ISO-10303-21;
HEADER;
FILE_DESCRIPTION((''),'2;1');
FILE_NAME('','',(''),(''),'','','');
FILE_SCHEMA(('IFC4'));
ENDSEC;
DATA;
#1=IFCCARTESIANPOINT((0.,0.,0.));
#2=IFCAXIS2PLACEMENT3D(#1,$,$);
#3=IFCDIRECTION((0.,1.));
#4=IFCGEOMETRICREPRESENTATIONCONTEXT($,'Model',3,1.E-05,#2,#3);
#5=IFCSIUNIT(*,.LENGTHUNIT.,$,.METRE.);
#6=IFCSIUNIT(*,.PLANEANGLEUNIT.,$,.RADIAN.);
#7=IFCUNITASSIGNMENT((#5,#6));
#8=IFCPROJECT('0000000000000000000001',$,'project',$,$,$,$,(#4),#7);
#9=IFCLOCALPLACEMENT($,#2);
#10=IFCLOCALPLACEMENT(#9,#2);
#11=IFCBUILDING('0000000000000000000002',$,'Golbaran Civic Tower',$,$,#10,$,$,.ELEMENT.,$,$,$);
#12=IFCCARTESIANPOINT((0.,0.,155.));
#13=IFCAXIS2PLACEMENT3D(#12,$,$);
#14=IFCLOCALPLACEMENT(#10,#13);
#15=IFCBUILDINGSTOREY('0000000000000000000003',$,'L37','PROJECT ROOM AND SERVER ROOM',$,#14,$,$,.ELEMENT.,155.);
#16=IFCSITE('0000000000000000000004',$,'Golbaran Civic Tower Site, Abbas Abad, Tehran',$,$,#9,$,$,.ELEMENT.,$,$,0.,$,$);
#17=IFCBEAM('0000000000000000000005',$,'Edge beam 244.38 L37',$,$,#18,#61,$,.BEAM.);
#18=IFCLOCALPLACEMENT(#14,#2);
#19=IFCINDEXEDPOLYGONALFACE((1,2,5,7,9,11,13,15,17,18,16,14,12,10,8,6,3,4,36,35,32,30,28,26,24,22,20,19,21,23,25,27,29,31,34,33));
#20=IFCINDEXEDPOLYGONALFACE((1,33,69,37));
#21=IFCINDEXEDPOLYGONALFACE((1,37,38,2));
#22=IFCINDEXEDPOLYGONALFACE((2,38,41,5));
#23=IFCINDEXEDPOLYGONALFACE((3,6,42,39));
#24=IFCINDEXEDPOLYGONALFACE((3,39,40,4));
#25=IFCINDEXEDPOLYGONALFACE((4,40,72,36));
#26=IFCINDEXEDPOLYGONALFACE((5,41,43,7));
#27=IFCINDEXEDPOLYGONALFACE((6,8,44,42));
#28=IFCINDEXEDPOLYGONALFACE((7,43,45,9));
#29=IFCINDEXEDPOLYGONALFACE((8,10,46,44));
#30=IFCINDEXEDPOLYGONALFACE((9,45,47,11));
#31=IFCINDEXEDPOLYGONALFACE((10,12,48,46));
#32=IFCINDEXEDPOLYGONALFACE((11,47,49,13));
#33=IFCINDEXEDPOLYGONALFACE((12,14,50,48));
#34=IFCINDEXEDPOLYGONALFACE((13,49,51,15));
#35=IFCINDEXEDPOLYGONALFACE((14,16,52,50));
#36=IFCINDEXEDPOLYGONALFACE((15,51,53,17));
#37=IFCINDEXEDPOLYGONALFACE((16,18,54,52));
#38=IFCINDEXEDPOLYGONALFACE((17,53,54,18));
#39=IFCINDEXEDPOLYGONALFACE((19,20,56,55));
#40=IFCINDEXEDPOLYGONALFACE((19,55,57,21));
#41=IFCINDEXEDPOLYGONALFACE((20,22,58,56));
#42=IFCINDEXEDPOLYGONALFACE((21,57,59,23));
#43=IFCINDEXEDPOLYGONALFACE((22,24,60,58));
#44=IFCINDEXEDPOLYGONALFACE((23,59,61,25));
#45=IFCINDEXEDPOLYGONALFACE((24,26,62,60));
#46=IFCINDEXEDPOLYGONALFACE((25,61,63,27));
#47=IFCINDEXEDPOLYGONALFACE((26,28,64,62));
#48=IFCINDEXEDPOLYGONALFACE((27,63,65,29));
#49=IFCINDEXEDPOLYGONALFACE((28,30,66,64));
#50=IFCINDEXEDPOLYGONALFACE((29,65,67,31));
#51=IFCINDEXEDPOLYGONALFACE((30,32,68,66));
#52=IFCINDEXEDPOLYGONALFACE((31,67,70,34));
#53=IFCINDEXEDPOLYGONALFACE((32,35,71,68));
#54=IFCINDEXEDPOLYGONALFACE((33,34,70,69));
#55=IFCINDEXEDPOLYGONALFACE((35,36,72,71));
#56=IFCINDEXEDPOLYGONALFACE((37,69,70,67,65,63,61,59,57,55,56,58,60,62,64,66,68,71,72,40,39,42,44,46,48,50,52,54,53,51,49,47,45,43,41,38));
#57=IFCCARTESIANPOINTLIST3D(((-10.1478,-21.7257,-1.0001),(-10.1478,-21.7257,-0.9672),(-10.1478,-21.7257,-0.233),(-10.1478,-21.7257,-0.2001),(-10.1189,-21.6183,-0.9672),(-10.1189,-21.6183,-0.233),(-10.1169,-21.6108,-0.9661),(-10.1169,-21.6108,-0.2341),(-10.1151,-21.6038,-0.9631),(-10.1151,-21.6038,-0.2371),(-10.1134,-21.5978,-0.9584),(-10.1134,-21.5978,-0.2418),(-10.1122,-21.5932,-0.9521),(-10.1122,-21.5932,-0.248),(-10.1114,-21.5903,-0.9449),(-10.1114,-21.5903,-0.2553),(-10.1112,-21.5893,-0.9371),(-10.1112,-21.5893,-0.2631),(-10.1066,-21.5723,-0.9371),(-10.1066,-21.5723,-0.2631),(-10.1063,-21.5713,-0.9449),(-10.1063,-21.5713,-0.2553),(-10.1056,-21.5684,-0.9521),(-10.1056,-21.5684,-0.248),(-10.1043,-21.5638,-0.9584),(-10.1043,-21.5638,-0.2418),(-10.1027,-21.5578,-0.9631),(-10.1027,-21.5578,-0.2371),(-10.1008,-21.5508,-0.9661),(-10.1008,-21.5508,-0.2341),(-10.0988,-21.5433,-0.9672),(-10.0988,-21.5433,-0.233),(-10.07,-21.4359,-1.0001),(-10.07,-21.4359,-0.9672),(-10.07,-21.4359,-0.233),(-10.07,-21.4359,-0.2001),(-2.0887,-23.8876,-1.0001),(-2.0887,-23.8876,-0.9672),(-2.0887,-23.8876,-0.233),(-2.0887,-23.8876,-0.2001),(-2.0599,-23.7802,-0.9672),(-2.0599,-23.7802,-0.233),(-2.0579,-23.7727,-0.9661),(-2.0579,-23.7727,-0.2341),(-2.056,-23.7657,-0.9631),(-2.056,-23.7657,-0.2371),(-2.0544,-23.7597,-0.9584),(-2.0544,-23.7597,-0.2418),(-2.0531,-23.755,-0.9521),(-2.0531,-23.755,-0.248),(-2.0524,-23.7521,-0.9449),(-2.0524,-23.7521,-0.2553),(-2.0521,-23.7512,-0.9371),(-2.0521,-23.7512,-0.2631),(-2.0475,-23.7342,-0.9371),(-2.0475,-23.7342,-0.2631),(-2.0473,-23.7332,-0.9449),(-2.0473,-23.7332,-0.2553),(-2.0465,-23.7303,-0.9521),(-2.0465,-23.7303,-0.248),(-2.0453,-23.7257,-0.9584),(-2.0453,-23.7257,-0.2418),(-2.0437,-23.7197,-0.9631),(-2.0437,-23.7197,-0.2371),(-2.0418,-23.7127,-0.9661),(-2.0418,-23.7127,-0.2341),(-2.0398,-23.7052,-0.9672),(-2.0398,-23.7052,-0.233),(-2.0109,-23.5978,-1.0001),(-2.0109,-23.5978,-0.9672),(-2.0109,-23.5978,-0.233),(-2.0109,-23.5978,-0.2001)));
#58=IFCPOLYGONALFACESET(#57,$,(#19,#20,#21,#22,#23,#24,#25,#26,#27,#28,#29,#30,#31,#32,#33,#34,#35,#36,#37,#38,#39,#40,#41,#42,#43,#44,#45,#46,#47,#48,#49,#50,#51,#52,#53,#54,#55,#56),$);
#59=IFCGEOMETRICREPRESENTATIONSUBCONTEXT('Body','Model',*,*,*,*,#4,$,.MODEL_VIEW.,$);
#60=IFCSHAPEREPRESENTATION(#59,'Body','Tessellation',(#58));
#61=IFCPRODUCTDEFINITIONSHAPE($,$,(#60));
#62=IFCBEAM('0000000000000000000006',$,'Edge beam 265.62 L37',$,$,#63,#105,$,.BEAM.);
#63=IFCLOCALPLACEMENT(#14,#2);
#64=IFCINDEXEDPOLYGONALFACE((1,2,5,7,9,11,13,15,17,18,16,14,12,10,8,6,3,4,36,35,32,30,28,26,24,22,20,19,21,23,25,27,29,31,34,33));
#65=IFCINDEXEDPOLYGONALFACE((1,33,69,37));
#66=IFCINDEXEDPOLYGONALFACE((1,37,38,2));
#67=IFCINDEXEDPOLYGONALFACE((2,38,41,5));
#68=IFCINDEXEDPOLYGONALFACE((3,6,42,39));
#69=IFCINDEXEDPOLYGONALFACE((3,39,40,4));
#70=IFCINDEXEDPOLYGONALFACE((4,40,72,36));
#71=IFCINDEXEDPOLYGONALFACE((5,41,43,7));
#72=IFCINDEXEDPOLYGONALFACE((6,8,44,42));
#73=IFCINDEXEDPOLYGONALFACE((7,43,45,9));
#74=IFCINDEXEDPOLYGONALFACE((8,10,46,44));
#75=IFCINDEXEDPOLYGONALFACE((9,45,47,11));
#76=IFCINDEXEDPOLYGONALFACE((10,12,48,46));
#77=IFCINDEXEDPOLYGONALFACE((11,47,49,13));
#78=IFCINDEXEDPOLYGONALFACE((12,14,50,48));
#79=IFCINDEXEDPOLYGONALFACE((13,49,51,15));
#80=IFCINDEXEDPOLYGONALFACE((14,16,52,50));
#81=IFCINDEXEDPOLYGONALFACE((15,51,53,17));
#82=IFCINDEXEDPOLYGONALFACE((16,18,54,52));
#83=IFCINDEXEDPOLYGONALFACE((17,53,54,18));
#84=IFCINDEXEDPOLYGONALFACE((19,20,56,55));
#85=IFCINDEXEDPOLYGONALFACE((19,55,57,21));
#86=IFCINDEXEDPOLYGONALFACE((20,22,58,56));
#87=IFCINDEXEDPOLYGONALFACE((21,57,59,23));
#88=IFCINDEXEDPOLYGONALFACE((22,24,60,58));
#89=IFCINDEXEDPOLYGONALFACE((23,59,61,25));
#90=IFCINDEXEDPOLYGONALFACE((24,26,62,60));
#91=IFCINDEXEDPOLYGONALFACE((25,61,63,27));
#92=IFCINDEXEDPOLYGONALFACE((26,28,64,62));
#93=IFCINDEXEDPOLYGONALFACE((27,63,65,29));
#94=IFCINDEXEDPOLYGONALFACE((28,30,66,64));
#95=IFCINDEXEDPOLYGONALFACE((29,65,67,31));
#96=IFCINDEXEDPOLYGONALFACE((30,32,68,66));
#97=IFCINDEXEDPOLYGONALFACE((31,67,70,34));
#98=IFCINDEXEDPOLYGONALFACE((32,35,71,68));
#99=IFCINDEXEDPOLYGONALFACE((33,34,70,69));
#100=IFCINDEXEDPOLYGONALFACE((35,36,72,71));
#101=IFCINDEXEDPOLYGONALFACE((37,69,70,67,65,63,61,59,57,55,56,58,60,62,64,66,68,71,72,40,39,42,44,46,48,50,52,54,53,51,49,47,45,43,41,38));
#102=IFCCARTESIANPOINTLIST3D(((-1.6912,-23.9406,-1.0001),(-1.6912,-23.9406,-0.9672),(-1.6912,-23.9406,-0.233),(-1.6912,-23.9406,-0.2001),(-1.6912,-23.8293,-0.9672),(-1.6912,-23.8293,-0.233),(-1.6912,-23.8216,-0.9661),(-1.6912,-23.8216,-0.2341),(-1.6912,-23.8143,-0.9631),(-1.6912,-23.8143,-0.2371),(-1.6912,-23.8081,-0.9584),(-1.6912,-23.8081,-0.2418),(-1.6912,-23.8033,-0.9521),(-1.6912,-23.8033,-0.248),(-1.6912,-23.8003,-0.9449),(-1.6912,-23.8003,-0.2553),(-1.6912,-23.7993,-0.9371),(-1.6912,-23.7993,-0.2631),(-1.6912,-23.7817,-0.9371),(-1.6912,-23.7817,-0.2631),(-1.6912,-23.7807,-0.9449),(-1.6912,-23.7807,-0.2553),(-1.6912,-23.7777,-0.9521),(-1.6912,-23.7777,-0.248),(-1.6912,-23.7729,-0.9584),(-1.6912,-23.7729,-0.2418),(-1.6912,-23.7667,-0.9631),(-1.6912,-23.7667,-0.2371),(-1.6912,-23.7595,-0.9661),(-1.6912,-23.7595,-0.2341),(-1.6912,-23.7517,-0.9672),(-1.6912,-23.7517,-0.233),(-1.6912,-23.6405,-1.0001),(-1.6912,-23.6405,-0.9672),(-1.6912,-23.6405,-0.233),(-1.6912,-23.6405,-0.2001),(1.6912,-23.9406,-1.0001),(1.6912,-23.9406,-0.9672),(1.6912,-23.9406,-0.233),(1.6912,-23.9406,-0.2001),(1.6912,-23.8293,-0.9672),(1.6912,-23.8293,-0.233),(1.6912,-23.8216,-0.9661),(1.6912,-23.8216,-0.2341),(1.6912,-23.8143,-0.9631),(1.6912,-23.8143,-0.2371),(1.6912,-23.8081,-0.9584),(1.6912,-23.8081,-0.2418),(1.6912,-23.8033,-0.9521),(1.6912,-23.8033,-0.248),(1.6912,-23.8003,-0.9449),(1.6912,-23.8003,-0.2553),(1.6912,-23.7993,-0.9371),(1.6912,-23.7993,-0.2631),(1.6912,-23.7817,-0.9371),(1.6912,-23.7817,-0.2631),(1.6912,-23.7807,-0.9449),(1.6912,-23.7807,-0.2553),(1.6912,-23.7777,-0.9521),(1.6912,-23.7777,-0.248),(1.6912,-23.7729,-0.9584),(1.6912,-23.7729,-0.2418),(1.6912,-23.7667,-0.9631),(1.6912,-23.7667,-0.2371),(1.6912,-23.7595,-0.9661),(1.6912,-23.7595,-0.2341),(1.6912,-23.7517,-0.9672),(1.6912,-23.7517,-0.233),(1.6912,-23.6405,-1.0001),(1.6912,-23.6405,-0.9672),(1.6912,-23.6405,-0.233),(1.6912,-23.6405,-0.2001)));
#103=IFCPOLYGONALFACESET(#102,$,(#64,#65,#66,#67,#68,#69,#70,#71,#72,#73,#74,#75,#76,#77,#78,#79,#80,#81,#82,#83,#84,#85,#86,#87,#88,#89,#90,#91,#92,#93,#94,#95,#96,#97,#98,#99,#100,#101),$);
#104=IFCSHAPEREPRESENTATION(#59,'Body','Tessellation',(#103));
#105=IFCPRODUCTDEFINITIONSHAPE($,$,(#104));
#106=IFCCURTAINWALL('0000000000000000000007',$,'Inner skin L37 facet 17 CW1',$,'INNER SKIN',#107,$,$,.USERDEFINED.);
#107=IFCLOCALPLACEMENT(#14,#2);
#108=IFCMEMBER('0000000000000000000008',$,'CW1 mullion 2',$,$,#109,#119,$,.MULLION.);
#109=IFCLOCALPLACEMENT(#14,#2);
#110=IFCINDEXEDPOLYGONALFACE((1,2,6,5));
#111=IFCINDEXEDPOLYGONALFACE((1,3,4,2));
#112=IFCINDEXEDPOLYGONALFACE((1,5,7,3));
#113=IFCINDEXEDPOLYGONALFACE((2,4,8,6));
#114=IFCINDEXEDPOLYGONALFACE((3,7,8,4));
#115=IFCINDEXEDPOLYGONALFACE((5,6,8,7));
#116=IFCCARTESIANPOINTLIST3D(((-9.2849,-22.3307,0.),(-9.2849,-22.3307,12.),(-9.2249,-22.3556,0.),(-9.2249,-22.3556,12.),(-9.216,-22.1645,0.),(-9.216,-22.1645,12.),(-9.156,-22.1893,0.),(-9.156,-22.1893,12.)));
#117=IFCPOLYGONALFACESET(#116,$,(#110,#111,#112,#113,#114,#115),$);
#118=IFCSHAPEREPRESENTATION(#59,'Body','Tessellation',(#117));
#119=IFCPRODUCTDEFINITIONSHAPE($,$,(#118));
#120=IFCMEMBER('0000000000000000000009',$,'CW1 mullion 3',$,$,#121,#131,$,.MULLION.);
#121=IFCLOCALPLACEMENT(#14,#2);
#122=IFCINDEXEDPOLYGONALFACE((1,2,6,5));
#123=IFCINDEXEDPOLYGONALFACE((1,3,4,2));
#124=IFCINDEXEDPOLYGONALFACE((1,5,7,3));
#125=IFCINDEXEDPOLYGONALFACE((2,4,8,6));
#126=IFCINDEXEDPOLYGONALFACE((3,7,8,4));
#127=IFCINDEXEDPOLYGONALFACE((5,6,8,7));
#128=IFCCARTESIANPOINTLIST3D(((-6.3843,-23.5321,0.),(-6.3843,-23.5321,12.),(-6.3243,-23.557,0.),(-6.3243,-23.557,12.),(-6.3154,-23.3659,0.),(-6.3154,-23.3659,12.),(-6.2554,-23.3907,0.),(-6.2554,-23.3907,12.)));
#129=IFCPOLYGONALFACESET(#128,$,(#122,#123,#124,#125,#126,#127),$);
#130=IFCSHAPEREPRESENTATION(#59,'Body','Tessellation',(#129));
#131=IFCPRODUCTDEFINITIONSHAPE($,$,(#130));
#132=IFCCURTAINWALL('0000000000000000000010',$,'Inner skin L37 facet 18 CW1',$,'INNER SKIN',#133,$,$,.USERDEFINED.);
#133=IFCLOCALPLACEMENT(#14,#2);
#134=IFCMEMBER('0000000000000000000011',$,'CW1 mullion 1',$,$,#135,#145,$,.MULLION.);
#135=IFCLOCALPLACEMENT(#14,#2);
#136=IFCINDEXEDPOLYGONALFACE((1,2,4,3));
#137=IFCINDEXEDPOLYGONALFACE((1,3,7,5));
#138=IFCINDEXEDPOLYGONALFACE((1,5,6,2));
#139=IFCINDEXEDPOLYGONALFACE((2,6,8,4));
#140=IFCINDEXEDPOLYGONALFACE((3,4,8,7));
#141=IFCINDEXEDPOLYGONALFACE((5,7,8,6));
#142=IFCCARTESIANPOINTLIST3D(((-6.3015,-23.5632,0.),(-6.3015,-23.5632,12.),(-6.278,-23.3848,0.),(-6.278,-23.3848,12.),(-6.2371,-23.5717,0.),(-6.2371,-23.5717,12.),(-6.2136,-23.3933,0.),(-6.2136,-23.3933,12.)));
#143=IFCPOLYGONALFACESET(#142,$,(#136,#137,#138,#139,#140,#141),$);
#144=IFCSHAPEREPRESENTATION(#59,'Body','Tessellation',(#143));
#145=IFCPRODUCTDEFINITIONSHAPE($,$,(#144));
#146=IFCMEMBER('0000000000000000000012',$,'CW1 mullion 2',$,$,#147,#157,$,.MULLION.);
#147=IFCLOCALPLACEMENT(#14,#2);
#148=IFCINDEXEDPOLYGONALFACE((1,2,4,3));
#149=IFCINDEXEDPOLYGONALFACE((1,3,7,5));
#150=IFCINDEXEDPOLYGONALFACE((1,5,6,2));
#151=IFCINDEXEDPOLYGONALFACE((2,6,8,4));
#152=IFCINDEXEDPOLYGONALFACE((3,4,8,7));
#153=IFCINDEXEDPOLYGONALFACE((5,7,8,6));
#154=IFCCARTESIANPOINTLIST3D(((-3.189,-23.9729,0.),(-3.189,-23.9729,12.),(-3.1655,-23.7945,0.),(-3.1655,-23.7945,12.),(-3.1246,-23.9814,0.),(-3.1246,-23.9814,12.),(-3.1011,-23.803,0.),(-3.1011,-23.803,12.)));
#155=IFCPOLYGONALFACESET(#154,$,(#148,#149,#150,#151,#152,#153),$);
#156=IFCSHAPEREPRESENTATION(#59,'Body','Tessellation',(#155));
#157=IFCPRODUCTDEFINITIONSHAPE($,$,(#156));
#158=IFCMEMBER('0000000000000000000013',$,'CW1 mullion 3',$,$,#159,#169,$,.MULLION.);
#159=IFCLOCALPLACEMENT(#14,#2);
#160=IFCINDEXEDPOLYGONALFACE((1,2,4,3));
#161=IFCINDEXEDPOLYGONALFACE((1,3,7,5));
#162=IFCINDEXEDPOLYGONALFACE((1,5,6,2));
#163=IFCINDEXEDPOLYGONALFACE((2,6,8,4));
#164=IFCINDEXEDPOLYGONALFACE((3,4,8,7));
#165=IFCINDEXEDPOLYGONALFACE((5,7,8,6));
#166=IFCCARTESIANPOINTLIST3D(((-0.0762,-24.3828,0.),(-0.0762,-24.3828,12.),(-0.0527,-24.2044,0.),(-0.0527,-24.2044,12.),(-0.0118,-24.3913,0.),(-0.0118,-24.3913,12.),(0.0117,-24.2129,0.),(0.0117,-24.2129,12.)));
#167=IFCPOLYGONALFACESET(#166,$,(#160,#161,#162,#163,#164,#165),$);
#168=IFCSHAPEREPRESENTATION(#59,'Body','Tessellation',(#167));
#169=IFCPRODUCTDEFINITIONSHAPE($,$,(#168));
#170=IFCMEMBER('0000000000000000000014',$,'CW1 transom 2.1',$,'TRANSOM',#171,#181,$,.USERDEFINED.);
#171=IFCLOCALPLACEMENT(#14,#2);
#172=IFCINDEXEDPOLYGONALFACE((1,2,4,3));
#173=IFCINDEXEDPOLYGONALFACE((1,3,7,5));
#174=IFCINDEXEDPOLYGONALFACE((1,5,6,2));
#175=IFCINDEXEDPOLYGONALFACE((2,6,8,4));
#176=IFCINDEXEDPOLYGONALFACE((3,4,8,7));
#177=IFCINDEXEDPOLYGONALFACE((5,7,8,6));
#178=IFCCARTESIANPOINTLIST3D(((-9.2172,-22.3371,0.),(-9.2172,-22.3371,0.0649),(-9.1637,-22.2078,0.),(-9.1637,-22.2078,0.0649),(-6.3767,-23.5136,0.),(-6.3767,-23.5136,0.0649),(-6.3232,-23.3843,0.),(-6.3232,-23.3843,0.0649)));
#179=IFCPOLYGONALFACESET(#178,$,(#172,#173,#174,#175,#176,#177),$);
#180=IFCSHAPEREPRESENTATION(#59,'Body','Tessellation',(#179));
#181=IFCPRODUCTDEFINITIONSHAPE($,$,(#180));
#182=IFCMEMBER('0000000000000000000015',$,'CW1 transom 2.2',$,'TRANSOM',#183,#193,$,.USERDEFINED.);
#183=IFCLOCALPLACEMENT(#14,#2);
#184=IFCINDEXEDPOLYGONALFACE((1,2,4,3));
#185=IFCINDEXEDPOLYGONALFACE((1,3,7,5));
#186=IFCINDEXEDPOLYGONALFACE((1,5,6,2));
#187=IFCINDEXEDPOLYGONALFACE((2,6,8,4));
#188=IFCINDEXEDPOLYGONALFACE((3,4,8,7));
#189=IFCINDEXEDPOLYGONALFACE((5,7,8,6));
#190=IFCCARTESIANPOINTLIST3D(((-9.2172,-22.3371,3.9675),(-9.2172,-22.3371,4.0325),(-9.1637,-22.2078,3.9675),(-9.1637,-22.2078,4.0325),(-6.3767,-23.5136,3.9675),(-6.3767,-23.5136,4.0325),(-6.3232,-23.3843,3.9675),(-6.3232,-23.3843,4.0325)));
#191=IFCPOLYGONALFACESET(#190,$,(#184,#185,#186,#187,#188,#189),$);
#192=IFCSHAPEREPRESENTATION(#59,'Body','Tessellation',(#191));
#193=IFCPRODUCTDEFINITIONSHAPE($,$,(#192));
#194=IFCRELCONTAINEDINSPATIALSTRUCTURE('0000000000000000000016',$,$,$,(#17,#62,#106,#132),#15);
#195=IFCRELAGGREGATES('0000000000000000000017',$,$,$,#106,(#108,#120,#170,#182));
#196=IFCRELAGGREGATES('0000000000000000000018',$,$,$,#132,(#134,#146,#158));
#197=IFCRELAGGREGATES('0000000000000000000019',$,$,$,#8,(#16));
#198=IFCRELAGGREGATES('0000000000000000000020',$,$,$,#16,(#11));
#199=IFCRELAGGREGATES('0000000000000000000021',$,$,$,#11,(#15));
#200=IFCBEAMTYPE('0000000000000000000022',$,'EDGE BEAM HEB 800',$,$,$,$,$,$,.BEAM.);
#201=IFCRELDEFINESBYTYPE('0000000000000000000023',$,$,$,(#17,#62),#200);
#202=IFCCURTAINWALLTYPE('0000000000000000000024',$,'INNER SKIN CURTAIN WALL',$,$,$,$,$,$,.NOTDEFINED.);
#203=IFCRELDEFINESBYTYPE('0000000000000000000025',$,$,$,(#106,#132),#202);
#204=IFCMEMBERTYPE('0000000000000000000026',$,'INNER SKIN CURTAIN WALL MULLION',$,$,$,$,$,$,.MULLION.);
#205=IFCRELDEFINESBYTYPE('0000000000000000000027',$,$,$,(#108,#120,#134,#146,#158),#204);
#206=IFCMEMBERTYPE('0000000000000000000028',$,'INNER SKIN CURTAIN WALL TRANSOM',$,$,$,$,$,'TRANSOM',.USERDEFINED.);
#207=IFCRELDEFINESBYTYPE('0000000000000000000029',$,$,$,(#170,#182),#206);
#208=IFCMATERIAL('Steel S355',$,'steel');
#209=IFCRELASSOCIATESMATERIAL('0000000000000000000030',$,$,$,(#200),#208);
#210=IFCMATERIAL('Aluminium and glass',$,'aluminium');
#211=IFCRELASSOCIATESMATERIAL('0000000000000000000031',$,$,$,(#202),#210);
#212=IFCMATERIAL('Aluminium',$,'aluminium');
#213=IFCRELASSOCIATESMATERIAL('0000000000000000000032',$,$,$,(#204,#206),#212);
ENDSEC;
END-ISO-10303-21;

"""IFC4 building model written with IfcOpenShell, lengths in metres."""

from ifc_helpers import new_model, si_unit, direction, frame, origin, origin_2d, place, context, subcontext, project, spatial, rectangle, i_section, extrude, material, material_profile, profile_set, type_object, element, aggregate, save


model = new_model("IFC4")

# Units and contexts
model_context = context("Model", 3, precision=1e-05, world=origin(), true_north=direction((0.0, 1.0)))
body_context = subcontext(model_context, "Body", "Model", "MODEL_VIEW")
ifc_project = project(units=[si_unit("LENGTHUNIT", "METRE"), si_unit("PLANEANGLEUNIT", "RADIAN")], contexts=[model_context])

# Site, building, storey
site_placement = place(None, origin())
site = spatial("IfcSite", under=ifc_project, at=site_placement, Name="Golbaran Civic Tower Site, Abbas Abad, Tehran", CompositionType="ELEMENT", RefElevation=0.0)
building_placement = place(site_placement, origin())
building = spatial("IfcBuilding", under=site, at=building_placement, Name="Golbaran Civic Tower", CompositionType="ELEMENT")
storey_placement = place(building_placement, frame((0.0, 0.0, 155.0)))
storey = spatial("IfcBuildingStorey", under=building, at=storey_placement, Name="L37", Description="PROJECT ROOM AND SERVER ROOM", CompositionType="ELEMENT", Elevation=155.0)

# Beams
ifc_material_1 = material(Name="Steel S355", Category="steel")
ifc_material_profile_1 = material_profile(ifc_material_1, i_section(OverallWidth=0.3, OverallDepth=0.8, WebThickness=0.0176, FlangeThickness=0.033, FilletRadius=0.03, at=origin_2d()), Name="HEB 800")
ifc_profile_set_1 = profile_set([ifc_material_profile_1], Name="Steel S355")
beam_type = type_object("IfcBeamType", Name="EDGE BEAM HEB 800", PredefinedType="BEAM", material=ifc_profile_set_1)
beam_1_placement = place(storey_placement, frame((-10.1089, -21.5808, -0.6001), z_axis=(0.965853, -0.259092, 0.0), x_axis=(0.259092, 0.965853, 0.0)))
element("IfcBeam", 1, at=beam_1_placement, inside=storey, type_object=beam_type, Name="Edge beam 244.38 L37", PredefinedType="BEAM", context=body_context, shape_type="SweptSolid", body=[
    extrude(i_section(OverallWidth=0.3, OverallDepth=0.8, WebThickness=0.0176, FlangeThickness=0.033, FilletRadius=0.03, at=origin_2d()), origin(), (0.0, 0.0, 1.0), 8.344),
])
beam_2_placement = place(storey_placement, frame((-1.6912, -23.7905, -0.6001), z_axis=(1.0, 0.0, 0.0), x_axis=(0.0, 1.0, 0.0)))
element("IfcBeam", 2, at=beam_2_placement, inside=storey, type_object=beam_type, Name="Edge beam 265.62 L37", PredefinedType="BEAM", context=body_context, shape_type="SweptSolid", body=[
    extrude(i_section(OverallWidth=0.3, OverallDepth=0.8, WebThickness=0.0176, FlangeThickness=0.033, FilletRadius=0.03, at=origin_2d()), origin(), (0.0, 0.0, 1.0), 3.3823),
])

# Curtain walls, members
ifc_material_2 = material(Name="Aluminium and glass", Category="aluminium")
curtain_wall_type = type_object("IfcCurtainWallType", Name="INNER SKIN CURTAIN WALL", PredefinedType="NOTDEFINED", material=ifc_material_2)
curtain_wall_1_placement = place(storey_placement, origin())
curtain_wall_1 = element("IfcCurtainWall", 3, at=curtain_wall_1_placement, inside=storey, type_object=curtain_wall_type, Name="Inner skin L37 facet 17 CW1", ObjectType="INNER SKIN", PredefinedType="USERDEFINED")
ifc_material_3 = material(Name="Aluminium", Category="aluminium")
ifc_material_profile_2 = material_profile(ifc_material_3, rectangle(XDim=0.1799, YDim=0.0649, at=origin_2d()), Name="INNER SKIN CURTAIN WALL MULLION")
ifc_profile_set_2 = profile_set([ifc_material_profile_2], Name="Aluminium")
member_type_1 = type_object("IfcMemberType", Name="INNER SKIN CURTAIN WALL MULLION", PredefinedType="MULLION", material=ifc_profile_set_2)
member_1_placement = place(storey_placement, frame((-9.2205, -22.26, 0.0), z_axis=(0.0, 0.0, 1.0), x_axis=(0.382683, 0.92388, 0.0)))
member_1 = element("IfcMember", 4, at=member_1_placement, type_object=member_type_1, Name="CW1 mullion 2", PredefinedType="MULLION", context=body_context, shape_type="SweptSolid", body=[
    extrude(rectangle(XDim=0.1799, YDim=0.0649, at=origin_2d()), origin(), (0.0, 0.0, 1.0), 12.0),
])
member_2_placement = place(storey_placement, frame((-6.3198, -23.4614, 0.0), z_axis=(0.0, 0.0, 1.0), x_axis=(0.382683, 0.92388, 0.0)))
member_2 = element("IfcMember", 5, at=member_2_placement, type_object=member_type_1, Name="CW1 mullion 3", PredefinedType="MULLION", context=body_context, shape_type="SweptSolid", body=[
    extrude(rectangle(XDim=0.1799, YDim=0.0649, at=origin_2d()), origin(), (0.0, 0.0, 1.0), 12.0),
])
curtain_wall_2_placement = place(storey_placement, origin())
curtain_wall_2 = element("IfcCurtainWall", 6, at=curtain_wall_2_placement, inside=storey, type_object=curtain_wall_type, Name="Inner skin L37 facet 18 CW1", ObjectType="INNER SKIN", PredefinedType="USERDEFINED")
member_3_placement = place(storey_placement, frame((-6.2576, -23.4783, 0.0), z_axis=(0.0, 0.0, 1.0), x_axis=(0.130526, 0.991445, 0.0)))
member_3 = element("IfcMember", 7, at=member_3_placement, type_object=member_type_1, Name="CW1 mullion 1", PredefinedType="MULLION", context=body_context, shape_type="SweptSolid", body=[
    extrude(rectangle(XDim=0.1799, YDim=0.0649, at=origin_2d()), origin(), (0.0, 0.0, 1.0), 12.0),
])
member_4_placement = place(storey_placement, frame((-3.145, -23.8879, 0.0), z_axis=(0.0, 0.0, 1.0), x_axis=(0.130526, 0.991445, 0.0)))
member_4 = element("IfcMember", 8, at=member_4_placement, type_object=member_type_1, Name="CW1 mullion 2", PredefinedType="MULLION", context=body_context, shape_type="SweptSolid", body=[
    extrude(rectangle(XDim=0.1799, YDim=0.0649, at=origin_2d()), origin(), (0.0, 0.0, 1.0), 12.0),
])
member_5_placement = place(storey_placement, frame((-0.0322, -24.2979, 0.0), z_axis=(0.0, 0.0, 1.0), x_axis=(0.130526, 0.991445, 0.0)))
member_5 = element("IfcMember", 9, at=member_5_placement, type_object=member_type_1, Name="CW1 mullion 3", PredefinedType="MULLION", context=body_context, shape_type="SweptSolid", body=[
    extrude(rectangle(XDim=0.1799, YDim=0.0649, at=origin_2d()), origin(), (0.0, 0.0, 1.0), 12.0),
])

# Members
ifc_material_profile_3 = material_profile(ifc_material_3, rectangle(XDim=0.1399, YDim=0.0649, at=origin_2d()), Name="INNER SKIN CURTAIN WALL TRANSOM")
ifc_profile_set_3 = profile_set([ifc_material_profile_3], Name="Aluminium")
member_type_2 = type_object("IfcMemberType", Name="INNER SKIN CURTAIN WALL TRANSOM", ElementType="TRANSOM", PredefinedType="USERDEFINED", material=ifc_profile_set_3)
member_6_placement = place(storey_placement, frame((-9.1904, -22.2725, 0.0325), z_axis=(0.92389, -0.382658, 0.0), x_axis=(0.382658, 0.92389, 0.0)))
member_6 = element("IfcMember", 10, at=member_6_placement, type_object=member_type_2, Name="CW1 transom 2.1", ObjectType="TRANSOM", PredefinedType="USERDEFINED", context=body_context, shape_type="SweptSolid", body=[
    extrude(rectangle(XDim=0.1399, YDim=0.0649, at=origin_2d()), origin(), (0.0, 0.0, 1.0), 3.0745),
])
member_7_placement = place(storey_placement, frame((-9.1904, -22.2725, 4.0), z_axis=(0.92389, -0.382658, 0.0), x_axis=(0.382658, 0.92389, 0.0)))
member_7 = element("IfcMember", 11, at=member_7_placement, type_object=member_type_2, Name="CW1 transom 2.2", ObjectType="TRANSOM", PredefinedType="USERDEFINED", context=body_context, shape_type="SweptSolid", body=[
    extrude(rectangle(XDim=0.1399, YDim=0.0649, at=origin_2d()), origin(), (0.0, 0.0, 1.0), 3.0745),
])

aggregate(curtain_wall_1, [member_1, member_2, member_6, member_7])
aggregate(curtain_wall_2, [member_3, member_4, member_5])

save(model, "model.ifc")
